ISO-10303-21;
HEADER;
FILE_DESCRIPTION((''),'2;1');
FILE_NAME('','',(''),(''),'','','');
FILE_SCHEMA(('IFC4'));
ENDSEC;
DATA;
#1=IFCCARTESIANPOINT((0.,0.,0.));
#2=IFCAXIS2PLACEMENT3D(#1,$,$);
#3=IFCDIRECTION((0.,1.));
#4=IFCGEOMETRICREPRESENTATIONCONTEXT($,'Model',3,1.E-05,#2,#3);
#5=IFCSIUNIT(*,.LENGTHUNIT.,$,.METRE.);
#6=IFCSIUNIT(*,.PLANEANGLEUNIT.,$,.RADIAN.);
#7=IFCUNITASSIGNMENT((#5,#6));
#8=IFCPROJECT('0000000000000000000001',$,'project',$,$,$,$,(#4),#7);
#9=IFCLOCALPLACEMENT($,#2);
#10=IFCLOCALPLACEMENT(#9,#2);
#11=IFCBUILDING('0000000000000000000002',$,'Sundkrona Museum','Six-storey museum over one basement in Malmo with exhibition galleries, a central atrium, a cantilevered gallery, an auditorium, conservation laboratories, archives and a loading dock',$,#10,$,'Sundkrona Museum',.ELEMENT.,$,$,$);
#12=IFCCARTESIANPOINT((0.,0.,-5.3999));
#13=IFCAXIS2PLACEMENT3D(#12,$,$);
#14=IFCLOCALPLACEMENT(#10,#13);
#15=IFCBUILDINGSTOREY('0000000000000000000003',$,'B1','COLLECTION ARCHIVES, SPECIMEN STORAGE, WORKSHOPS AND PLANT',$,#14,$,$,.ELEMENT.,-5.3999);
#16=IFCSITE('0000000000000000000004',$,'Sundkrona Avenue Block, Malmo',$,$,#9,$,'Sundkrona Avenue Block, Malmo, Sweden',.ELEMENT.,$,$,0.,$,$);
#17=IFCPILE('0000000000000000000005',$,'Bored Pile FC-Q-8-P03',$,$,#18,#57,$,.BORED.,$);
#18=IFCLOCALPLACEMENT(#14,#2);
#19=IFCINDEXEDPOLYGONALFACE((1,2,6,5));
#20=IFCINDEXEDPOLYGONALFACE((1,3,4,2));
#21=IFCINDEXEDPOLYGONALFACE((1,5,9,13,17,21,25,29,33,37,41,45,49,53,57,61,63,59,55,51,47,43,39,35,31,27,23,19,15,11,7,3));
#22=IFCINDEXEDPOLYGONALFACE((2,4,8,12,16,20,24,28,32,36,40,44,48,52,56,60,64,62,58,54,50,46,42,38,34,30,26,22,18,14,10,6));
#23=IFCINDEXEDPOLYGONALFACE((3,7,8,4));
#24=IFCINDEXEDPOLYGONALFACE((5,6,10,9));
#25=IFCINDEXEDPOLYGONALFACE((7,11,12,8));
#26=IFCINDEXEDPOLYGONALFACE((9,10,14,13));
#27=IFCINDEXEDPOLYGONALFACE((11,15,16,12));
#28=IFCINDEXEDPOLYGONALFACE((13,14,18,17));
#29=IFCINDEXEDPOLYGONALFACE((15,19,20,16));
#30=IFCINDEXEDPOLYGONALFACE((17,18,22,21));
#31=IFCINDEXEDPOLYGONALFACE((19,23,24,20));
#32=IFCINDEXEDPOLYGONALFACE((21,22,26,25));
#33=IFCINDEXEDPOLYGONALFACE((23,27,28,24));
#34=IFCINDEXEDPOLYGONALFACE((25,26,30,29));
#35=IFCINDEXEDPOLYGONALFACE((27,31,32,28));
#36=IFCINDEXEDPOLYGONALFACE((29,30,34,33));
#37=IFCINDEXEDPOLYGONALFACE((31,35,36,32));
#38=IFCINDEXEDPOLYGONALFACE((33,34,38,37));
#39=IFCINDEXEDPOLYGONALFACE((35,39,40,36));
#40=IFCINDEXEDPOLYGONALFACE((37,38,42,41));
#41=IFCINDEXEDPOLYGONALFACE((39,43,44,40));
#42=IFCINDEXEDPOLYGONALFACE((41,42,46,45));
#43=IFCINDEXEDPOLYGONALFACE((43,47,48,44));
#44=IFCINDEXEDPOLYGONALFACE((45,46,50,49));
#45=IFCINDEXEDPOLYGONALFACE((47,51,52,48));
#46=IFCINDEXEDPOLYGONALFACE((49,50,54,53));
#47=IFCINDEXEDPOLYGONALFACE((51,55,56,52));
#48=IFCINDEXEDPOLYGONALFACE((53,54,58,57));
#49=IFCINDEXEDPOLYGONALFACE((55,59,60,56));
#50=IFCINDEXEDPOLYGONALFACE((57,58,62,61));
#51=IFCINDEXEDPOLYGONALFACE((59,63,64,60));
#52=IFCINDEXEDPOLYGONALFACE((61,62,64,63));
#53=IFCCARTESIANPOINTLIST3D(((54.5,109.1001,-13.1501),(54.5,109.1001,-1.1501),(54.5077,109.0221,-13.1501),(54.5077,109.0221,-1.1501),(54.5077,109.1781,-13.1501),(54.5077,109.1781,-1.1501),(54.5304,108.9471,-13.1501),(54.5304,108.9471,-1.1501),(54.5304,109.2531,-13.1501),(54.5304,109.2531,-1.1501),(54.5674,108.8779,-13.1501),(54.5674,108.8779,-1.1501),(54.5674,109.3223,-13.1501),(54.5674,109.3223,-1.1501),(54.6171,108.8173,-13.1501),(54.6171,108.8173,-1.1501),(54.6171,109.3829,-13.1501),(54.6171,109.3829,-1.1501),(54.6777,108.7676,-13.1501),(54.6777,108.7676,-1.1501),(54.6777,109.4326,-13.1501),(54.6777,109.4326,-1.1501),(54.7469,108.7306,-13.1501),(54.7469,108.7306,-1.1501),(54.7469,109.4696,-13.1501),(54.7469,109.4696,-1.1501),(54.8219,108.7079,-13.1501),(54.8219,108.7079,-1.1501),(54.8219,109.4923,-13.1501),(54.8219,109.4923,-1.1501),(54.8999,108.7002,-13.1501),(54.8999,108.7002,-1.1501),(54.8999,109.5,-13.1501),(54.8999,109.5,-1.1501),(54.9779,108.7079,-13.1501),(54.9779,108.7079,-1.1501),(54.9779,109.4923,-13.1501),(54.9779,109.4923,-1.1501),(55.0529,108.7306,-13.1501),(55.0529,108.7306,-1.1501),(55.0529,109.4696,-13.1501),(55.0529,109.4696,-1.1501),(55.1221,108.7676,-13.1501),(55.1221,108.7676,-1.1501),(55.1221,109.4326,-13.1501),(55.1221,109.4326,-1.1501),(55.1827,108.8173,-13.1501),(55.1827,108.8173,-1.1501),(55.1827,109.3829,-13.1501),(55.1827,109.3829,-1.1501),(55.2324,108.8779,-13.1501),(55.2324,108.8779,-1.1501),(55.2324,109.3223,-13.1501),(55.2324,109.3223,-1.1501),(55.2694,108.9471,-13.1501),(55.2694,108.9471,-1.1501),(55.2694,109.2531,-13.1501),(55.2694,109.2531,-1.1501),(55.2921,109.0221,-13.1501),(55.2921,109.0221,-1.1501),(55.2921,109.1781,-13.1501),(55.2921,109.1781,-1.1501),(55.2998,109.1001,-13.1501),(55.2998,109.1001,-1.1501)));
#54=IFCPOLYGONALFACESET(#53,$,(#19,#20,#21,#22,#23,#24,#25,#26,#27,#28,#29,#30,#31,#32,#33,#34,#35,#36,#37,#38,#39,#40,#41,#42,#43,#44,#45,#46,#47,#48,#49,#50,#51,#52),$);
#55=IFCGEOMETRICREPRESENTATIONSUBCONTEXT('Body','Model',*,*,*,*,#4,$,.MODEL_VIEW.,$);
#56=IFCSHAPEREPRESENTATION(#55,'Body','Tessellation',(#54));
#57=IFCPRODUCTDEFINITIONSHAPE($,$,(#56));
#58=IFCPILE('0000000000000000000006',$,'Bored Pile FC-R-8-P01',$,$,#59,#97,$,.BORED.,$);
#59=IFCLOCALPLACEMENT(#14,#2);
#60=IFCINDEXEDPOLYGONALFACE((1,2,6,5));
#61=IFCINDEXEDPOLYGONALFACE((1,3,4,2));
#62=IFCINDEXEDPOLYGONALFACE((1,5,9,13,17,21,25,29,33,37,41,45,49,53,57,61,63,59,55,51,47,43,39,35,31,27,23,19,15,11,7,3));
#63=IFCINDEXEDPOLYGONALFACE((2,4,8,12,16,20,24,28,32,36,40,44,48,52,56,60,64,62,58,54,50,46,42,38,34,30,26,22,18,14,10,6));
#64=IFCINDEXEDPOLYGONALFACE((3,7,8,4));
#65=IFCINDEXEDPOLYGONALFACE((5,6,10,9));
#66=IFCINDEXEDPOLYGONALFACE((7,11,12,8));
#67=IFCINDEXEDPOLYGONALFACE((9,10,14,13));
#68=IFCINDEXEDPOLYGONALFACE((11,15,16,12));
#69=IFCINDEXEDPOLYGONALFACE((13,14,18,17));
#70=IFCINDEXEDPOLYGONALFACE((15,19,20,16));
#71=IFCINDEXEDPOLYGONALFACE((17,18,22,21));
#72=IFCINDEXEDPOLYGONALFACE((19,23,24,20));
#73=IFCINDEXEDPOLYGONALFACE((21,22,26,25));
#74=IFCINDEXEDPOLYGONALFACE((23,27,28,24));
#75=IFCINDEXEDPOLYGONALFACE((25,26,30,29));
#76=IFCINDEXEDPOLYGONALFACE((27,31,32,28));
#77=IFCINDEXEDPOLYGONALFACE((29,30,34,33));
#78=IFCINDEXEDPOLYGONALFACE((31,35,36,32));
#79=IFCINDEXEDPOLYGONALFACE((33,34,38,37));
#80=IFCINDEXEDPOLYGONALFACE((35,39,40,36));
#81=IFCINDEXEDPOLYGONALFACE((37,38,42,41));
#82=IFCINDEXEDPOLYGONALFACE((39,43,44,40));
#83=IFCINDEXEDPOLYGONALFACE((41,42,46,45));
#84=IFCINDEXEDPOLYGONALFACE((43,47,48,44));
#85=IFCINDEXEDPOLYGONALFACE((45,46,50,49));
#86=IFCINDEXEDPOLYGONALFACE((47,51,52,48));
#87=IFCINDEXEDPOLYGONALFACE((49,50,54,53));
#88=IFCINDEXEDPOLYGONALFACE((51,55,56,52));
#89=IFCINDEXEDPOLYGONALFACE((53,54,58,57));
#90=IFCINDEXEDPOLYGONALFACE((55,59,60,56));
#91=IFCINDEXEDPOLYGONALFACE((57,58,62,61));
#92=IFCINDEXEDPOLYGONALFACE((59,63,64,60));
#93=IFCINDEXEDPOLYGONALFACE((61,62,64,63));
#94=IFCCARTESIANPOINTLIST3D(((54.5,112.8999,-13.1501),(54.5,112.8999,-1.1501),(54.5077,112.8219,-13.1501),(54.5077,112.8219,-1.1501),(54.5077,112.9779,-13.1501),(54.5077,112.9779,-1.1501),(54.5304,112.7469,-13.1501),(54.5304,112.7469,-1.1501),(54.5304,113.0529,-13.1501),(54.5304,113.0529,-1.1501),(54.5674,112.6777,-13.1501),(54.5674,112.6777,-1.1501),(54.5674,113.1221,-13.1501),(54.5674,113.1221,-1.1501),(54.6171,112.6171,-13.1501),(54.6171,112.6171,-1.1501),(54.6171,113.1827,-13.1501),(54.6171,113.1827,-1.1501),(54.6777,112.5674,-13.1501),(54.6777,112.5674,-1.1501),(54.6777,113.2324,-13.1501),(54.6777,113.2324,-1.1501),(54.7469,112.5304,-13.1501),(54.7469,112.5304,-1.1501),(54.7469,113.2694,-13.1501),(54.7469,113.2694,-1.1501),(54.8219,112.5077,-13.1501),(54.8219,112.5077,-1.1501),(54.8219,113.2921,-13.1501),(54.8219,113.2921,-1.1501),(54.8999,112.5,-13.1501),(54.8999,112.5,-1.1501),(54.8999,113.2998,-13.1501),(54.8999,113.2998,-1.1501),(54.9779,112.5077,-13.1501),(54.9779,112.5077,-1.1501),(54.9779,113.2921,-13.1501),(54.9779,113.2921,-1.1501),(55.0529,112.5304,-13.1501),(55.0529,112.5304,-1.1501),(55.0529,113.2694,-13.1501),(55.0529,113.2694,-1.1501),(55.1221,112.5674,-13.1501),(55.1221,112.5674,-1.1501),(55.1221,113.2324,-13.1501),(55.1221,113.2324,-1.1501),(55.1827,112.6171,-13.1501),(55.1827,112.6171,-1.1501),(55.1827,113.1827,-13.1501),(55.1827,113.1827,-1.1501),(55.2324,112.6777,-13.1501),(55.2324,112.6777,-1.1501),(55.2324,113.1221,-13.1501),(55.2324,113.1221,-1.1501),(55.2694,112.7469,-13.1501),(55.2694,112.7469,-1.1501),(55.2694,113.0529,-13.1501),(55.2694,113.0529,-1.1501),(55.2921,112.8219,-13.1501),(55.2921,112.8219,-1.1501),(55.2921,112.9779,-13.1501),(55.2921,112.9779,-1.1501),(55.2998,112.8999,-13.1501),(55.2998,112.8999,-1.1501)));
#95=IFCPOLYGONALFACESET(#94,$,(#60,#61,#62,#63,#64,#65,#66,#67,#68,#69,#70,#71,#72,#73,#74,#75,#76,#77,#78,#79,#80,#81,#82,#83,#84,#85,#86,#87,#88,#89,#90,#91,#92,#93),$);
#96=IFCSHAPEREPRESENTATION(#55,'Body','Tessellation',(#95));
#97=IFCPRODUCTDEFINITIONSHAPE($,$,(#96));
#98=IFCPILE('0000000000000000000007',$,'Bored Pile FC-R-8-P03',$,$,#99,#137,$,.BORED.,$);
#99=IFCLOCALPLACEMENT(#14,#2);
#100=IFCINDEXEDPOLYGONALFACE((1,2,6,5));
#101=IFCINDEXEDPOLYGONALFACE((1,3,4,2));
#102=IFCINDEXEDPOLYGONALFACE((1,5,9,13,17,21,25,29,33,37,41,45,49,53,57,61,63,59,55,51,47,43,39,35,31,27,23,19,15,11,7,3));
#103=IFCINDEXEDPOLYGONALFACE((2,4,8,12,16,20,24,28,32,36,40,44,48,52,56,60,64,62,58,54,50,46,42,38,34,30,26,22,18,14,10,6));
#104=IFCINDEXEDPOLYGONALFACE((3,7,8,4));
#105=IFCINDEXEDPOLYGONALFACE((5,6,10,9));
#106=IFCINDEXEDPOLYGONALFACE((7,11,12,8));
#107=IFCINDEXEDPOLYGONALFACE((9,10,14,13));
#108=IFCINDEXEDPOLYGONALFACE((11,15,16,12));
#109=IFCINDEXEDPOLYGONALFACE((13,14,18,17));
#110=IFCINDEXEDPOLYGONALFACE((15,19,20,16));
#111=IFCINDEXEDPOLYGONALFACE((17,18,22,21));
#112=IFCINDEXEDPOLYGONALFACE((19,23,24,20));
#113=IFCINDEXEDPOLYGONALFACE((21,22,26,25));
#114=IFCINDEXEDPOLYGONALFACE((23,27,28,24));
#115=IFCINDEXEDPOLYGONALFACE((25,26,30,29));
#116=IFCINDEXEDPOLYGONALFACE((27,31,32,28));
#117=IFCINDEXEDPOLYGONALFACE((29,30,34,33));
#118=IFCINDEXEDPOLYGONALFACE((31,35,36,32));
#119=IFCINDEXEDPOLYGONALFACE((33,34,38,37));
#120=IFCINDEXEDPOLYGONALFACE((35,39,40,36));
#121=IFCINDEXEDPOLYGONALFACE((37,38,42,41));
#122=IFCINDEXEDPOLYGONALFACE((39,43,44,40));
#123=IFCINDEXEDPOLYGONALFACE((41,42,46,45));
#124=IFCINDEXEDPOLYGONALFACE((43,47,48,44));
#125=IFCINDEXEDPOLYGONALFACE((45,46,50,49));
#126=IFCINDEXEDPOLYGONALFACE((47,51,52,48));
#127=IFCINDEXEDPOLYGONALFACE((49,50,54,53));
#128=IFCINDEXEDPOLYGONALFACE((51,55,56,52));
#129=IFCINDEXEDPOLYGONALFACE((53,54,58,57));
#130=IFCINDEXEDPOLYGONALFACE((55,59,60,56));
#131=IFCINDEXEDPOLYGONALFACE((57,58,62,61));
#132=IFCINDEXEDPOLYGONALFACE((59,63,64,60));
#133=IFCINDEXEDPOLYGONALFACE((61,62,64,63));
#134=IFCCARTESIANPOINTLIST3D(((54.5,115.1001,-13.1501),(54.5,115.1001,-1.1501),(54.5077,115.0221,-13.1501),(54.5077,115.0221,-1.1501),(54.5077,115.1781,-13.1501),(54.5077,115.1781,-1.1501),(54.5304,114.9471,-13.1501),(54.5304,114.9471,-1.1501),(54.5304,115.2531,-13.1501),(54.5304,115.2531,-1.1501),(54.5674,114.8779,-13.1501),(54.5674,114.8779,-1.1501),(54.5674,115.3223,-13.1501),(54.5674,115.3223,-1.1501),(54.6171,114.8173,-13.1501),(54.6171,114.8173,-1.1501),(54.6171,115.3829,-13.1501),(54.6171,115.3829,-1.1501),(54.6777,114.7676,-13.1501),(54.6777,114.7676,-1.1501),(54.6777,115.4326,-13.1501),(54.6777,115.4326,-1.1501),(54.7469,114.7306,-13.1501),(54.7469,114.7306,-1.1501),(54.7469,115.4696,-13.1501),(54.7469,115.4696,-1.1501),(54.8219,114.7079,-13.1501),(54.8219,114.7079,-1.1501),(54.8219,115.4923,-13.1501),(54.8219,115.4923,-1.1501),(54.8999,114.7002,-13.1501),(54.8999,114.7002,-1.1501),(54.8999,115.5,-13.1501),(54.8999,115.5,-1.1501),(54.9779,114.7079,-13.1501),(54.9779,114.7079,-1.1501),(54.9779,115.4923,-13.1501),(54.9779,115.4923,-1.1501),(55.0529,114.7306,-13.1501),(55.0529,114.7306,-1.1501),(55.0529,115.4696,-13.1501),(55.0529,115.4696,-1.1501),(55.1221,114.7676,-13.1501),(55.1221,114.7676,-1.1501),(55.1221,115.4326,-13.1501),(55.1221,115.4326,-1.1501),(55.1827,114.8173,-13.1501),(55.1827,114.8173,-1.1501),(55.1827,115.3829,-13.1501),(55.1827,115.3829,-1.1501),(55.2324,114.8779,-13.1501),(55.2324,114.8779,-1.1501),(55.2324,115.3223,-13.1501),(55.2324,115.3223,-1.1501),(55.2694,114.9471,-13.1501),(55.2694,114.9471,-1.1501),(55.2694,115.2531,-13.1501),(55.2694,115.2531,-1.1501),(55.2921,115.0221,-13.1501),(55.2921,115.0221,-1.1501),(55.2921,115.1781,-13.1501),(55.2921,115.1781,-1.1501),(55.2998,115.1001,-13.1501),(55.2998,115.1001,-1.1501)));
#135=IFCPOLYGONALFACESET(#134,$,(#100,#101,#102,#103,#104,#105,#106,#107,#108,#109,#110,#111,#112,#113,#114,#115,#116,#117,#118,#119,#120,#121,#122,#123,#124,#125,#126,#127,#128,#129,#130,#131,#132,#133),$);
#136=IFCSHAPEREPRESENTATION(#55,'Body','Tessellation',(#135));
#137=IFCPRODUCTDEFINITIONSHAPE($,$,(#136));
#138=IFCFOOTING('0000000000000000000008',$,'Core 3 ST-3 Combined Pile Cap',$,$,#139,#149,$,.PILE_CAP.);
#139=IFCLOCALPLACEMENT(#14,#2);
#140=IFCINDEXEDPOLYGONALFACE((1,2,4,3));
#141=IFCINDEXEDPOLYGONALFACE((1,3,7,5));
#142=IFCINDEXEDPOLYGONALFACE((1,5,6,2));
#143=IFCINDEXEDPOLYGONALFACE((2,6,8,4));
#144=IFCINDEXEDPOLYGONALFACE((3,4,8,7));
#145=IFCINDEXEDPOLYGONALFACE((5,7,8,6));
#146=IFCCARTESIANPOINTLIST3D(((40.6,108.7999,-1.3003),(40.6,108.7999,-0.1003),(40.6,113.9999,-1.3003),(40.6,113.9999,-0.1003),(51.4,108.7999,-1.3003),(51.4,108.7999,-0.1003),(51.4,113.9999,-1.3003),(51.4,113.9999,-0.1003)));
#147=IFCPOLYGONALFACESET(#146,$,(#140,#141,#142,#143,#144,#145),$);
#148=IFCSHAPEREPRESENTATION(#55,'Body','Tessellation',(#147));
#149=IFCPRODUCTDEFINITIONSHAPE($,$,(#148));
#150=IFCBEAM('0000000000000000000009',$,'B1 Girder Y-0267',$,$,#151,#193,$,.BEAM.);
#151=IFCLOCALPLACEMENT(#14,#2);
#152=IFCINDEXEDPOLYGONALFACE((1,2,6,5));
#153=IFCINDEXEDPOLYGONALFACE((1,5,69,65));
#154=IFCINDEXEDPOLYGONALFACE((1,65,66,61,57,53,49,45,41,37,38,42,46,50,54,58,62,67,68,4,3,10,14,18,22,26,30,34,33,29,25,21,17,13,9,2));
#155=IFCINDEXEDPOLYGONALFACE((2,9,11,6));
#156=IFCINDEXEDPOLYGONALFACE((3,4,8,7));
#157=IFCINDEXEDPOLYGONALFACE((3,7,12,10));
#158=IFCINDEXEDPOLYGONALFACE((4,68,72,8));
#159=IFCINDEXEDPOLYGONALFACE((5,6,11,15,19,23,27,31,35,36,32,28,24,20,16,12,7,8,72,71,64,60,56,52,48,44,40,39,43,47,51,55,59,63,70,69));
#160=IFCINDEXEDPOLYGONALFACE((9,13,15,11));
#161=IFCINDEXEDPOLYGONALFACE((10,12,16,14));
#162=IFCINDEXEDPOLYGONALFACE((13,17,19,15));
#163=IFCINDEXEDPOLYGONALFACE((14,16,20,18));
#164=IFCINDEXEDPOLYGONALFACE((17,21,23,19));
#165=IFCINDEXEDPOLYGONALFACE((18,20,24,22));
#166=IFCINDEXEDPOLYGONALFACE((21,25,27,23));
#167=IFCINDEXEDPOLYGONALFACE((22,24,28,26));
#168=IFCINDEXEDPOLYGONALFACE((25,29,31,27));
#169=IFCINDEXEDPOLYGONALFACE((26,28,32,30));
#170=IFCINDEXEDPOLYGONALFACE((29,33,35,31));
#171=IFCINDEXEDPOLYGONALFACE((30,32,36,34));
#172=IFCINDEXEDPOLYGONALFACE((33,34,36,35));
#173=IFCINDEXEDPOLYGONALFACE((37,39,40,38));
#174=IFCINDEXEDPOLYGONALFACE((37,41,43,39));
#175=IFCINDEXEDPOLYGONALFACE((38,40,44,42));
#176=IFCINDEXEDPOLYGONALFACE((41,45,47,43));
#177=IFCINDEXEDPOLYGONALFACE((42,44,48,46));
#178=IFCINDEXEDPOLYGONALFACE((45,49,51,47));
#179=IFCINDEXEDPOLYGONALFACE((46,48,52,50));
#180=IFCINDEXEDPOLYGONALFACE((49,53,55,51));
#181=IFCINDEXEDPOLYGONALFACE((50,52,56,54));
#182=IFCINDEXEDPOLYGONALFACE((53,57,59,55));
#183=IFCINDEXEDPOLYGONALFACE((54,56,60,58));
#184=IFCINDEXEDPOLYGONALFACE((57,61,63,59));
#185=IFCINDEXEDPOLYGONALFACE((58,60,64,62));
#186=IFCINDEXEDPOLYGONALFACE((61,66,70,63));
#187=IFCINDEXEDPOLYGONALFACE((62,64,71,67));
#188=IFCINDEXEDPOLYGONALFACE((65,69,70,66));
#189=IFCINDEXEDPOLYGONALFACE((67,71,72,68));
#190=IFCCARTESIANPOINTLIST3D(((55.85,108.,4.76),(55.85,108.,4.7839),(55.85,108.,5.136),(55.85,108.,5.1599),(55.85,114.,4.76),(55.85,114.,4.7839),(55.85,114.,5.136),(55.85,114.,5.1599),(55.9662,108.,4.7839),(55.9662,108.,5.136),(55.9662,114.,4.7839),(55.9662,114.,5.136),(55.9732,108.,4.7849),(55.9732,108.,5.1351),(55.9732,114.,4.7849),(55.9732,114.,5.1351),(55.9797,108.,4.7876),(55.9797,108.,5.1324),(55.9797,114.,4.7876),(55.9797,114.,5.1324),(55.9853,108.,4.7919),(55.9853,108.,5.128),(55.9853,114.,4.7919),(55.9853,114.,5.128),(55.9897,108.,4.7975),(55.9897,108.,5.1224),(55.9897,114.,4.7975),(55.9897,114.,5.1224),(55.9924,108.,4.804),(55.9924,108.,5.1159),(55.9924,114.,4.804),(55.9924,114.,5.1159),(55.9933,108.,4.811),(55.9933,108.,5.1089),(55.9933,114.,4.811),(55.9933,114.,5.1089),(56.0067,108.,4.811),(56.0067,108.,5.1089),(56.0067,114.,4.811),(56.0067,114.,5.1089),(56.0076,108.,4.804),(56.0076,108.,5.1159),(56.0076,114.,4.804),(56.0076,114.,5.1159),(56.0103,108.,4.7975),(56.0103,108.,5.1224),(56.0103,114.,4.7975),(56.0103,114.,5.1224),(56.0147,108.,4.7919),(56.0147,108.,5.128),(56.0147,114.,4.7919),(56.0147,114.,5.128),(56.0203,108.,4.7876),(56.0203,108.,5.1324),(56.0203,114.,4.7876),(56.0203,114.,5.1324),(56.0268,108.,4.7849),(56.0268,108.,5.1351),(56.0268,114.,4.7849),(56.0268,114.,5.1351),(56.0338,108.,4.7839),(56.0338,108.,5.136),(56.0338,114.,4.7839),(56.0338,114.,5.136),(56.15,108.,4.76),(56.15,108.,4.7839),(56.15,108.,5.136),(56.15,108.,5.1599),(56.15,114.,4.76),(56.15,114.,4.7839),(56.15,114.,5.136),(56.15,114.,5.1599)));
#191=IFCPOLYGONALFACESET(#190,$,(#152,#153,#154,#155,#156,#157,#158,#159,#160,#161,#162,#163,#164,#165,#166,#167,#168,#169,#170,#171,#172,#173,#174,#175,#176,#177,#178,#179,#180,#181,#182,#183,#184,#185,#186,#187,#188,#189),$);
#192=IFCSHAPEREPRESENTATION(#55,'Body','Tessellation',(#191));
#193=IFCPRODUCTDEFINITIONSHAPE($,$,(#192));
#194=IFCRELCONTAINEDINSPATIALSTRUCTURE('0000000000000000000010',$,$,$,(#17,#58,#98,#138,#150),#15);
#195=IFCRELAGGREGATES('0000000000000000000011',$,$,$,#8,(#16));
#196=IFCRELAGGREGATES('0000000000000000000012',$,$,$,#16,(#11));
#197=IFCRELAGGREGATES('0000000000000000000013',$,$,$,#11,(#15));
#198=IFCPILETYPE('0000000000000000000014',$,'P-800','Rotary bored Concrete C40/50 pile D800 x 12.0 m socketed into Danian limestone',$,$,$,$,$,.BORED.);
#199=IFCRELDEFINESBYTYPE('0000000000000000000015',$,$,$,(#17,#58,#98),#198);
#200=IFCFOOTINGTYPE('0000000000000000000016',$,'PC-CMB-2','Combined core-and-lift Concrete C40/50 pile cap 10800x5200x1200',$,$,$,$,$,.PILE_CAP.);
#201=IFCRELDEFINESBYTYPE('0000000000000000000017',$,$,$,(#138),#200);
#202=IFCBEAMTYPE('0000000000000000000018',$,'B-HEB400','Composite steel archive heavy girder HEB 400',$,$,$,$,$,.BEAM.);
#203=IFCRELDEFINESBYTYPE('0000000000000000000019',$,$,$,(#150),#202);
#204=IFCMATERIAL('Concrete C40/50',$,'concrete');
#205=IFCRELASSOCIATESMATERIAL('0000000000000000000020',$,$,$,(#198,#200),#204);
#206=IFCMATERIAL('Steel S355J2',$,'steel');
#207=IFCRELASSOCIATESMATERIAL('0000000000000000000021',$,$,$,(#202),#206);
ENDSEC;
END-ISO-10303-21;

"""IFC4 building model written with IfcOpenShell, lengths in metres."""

from ifc_helpers import new_model, si_unit, direction, frame, origin, origin_2d, place, context, subcontext, project, spatial, rectangle, circle, i_section, extrude, material, material_profile, profile_set, type_object, element, save


model = new_model("IFC4")

# Units and contexts
model_context = context("Model", 3, precision=1e-05, world=origin(), true_north=direction((0.0, 1.0)))
body_context = subcontext(model_context, "Body", "Model", "MODEL_VIEW")
ifc_project = project(units=[si_unit("LENGTHUNIT", "METRE"), si_unit("PLANEANGLEUNIT", "RADIAN")], contexts=[model_context])

# Site, building, storey
site_placement = place(None, origin())
site = spatial("IfcSite", under=ifc_project, at=site_placement, Name="Sundkrona Avenue Block, Malmo", LongName="Sundkrona Avenue Block, Malmo, Sweden", CompositionType="ELEMENT", RefElevation=0.0)
building_placement = place(site_placement, origin())
building = spatial("IfcBuilding", under=site, at=building_placement, Name="Sundkrona Museum", Description="Six-storey museum over one basement in Malmo with exhibition galleries, a central atrium, a cantilevered gallery, an auditorium, conservation laboratories, archives and a loading dock", LongName="Sundkrona Museum", CompositionType="ELEMENT")
storey_placement = place(building_placement, frame((0.0, 0.0, -5.3999)))
storey = spatial("IfcBuildingStorey", under=building, at=storey_placement, Name="B1", Description="COLLECTION ARCHIVES, SPECIMEN STORAGE, WORKSHOPS AND PLANT", CompositionType="ELEMENT", Elevation=-5.3999)

# Piles
ifc_material_1 = material(Name="Concrete C40/50", Category="concrete")
ifc_material_profile_1 = material_profile(ifc_material_1, circle(Radius=0.3999, at=origin_2d()), Name="PILE D800")
ifc_profile_set_1 = profile_set([ifc_material_profile_1], Name="Concrete C40/50")
pile_type_1 = type_object("IfcPileType", Name="P-800", Description="Rotary bored Concrete C40/50 pile D800 x 12.0 m socketed into Danian limestone", PredefinedType="BORED", material=ifc_profile_set_1)
for number, where, z_axis, x_axis, name in (
    (1, (54.8999, 109.1001, -1.1501), (0.0, 0.0, -1.0), (1.0, 0.0, 0.0), "Bored Pile FC-Q-8-P03"),
    (2, (54.8999, 112.8999, -1.1501), (0.0, 0.0, -1.0), (1.0, 0.0, 0.0), "Bored Pile FC-R-8-P01"),
    (3, (54.8999, 115.1001, -1.1501), (0.0, 0.0, -1.0), (1.0, 0.0, 0.0), "Bored Pile FC-R-8-P03"),
):
    element("IfcPile", number, at=place(storey_placement, frame(where, z_axis=z_axis, x_axis=x_axis)), inside=storey, type_object=pile_type_1, Name=name, PredefinedType="BORED", context=body_context, shape_type="SweptSolid", body=[
        extrude(circle(Radius=0.3999, at=origin_2d()), origin(), (0.0, 0.0, 1.0), 12.0),
    ])

# Footing
footing_type = type_object("IfcFootingType", Name="PC-CMB-2", Description="Combined core-and-lift Concrete C40/50 pile cap 10800x5200x1200", PredefinedType="PILE_CAP", material=ifc_material_1)
footing_placement = place(storey_placement, frame((46.0, 111.3999, -1.3003), z_axis=(0.0, 0.0, 1.0), x_axis=(1.0, 0.0, 0.0)))
element("IfcFooting", 4, at=footing_placement, inside=storey, type_object=footing_type, Name="Core 3 ST-3 Combined Pile Cap", PredefinedType="PILE_CAP", context=body_context, shape_type="SweptSolid", body=[
    extrude(rectangle(XDim=10.8, YDim=5.2, at=origin_2d()), origin(), (0.0, 0.0, 1.0), 1.2),
])

# Beam
ifc_material_2 = material(Name="Steel S355J2", Category="steel")
ifc_material_profile_2 = material_profile(ifc_material_2, i_section(OverallWidth=0.3, OverallDepth=0.3999, WebThickness=0.0134, FlangeThickness=0.0239, FilletRadius=0.0271, at=origin_2d()), Name="HEB 400")
ifc_profile_set_2 = profile_set([ifc_material_profile_2], Name="Steel S355J2")
beam_type_1 = type_object("IfcBeamType", Name="B-HEB400", Description="Composite steel archive heavy girder HEB 400", PredefinedType="BEAM", material=ifc_profile_set_2)
beam_1_placement = place(storey_placement, frame((56.0, 108.0, 4.96), z_axis=(0.0, 1.0, 0.0), x_axis=(-1.0, 0.0, 0.0)))
element("IfcBeam", 5, at=beam_1_placement, inside=storey, type_object=beam_type_1, Name="B1 Girder Y-0267", PredefinedType="BEAM", context=body_context, shape_type="SweptSolid", body=[
    extrude(i_section(OverallWidth=0.3, OverallDepth=0.3999, WebThickness=0.0134, FlangeThickness=0.0239, FilletRadius=0.0271, at=origin_2d()), origin(), (0.0, 0.0, 1.0), 6.0),
])

save(model, "model.ifc")
